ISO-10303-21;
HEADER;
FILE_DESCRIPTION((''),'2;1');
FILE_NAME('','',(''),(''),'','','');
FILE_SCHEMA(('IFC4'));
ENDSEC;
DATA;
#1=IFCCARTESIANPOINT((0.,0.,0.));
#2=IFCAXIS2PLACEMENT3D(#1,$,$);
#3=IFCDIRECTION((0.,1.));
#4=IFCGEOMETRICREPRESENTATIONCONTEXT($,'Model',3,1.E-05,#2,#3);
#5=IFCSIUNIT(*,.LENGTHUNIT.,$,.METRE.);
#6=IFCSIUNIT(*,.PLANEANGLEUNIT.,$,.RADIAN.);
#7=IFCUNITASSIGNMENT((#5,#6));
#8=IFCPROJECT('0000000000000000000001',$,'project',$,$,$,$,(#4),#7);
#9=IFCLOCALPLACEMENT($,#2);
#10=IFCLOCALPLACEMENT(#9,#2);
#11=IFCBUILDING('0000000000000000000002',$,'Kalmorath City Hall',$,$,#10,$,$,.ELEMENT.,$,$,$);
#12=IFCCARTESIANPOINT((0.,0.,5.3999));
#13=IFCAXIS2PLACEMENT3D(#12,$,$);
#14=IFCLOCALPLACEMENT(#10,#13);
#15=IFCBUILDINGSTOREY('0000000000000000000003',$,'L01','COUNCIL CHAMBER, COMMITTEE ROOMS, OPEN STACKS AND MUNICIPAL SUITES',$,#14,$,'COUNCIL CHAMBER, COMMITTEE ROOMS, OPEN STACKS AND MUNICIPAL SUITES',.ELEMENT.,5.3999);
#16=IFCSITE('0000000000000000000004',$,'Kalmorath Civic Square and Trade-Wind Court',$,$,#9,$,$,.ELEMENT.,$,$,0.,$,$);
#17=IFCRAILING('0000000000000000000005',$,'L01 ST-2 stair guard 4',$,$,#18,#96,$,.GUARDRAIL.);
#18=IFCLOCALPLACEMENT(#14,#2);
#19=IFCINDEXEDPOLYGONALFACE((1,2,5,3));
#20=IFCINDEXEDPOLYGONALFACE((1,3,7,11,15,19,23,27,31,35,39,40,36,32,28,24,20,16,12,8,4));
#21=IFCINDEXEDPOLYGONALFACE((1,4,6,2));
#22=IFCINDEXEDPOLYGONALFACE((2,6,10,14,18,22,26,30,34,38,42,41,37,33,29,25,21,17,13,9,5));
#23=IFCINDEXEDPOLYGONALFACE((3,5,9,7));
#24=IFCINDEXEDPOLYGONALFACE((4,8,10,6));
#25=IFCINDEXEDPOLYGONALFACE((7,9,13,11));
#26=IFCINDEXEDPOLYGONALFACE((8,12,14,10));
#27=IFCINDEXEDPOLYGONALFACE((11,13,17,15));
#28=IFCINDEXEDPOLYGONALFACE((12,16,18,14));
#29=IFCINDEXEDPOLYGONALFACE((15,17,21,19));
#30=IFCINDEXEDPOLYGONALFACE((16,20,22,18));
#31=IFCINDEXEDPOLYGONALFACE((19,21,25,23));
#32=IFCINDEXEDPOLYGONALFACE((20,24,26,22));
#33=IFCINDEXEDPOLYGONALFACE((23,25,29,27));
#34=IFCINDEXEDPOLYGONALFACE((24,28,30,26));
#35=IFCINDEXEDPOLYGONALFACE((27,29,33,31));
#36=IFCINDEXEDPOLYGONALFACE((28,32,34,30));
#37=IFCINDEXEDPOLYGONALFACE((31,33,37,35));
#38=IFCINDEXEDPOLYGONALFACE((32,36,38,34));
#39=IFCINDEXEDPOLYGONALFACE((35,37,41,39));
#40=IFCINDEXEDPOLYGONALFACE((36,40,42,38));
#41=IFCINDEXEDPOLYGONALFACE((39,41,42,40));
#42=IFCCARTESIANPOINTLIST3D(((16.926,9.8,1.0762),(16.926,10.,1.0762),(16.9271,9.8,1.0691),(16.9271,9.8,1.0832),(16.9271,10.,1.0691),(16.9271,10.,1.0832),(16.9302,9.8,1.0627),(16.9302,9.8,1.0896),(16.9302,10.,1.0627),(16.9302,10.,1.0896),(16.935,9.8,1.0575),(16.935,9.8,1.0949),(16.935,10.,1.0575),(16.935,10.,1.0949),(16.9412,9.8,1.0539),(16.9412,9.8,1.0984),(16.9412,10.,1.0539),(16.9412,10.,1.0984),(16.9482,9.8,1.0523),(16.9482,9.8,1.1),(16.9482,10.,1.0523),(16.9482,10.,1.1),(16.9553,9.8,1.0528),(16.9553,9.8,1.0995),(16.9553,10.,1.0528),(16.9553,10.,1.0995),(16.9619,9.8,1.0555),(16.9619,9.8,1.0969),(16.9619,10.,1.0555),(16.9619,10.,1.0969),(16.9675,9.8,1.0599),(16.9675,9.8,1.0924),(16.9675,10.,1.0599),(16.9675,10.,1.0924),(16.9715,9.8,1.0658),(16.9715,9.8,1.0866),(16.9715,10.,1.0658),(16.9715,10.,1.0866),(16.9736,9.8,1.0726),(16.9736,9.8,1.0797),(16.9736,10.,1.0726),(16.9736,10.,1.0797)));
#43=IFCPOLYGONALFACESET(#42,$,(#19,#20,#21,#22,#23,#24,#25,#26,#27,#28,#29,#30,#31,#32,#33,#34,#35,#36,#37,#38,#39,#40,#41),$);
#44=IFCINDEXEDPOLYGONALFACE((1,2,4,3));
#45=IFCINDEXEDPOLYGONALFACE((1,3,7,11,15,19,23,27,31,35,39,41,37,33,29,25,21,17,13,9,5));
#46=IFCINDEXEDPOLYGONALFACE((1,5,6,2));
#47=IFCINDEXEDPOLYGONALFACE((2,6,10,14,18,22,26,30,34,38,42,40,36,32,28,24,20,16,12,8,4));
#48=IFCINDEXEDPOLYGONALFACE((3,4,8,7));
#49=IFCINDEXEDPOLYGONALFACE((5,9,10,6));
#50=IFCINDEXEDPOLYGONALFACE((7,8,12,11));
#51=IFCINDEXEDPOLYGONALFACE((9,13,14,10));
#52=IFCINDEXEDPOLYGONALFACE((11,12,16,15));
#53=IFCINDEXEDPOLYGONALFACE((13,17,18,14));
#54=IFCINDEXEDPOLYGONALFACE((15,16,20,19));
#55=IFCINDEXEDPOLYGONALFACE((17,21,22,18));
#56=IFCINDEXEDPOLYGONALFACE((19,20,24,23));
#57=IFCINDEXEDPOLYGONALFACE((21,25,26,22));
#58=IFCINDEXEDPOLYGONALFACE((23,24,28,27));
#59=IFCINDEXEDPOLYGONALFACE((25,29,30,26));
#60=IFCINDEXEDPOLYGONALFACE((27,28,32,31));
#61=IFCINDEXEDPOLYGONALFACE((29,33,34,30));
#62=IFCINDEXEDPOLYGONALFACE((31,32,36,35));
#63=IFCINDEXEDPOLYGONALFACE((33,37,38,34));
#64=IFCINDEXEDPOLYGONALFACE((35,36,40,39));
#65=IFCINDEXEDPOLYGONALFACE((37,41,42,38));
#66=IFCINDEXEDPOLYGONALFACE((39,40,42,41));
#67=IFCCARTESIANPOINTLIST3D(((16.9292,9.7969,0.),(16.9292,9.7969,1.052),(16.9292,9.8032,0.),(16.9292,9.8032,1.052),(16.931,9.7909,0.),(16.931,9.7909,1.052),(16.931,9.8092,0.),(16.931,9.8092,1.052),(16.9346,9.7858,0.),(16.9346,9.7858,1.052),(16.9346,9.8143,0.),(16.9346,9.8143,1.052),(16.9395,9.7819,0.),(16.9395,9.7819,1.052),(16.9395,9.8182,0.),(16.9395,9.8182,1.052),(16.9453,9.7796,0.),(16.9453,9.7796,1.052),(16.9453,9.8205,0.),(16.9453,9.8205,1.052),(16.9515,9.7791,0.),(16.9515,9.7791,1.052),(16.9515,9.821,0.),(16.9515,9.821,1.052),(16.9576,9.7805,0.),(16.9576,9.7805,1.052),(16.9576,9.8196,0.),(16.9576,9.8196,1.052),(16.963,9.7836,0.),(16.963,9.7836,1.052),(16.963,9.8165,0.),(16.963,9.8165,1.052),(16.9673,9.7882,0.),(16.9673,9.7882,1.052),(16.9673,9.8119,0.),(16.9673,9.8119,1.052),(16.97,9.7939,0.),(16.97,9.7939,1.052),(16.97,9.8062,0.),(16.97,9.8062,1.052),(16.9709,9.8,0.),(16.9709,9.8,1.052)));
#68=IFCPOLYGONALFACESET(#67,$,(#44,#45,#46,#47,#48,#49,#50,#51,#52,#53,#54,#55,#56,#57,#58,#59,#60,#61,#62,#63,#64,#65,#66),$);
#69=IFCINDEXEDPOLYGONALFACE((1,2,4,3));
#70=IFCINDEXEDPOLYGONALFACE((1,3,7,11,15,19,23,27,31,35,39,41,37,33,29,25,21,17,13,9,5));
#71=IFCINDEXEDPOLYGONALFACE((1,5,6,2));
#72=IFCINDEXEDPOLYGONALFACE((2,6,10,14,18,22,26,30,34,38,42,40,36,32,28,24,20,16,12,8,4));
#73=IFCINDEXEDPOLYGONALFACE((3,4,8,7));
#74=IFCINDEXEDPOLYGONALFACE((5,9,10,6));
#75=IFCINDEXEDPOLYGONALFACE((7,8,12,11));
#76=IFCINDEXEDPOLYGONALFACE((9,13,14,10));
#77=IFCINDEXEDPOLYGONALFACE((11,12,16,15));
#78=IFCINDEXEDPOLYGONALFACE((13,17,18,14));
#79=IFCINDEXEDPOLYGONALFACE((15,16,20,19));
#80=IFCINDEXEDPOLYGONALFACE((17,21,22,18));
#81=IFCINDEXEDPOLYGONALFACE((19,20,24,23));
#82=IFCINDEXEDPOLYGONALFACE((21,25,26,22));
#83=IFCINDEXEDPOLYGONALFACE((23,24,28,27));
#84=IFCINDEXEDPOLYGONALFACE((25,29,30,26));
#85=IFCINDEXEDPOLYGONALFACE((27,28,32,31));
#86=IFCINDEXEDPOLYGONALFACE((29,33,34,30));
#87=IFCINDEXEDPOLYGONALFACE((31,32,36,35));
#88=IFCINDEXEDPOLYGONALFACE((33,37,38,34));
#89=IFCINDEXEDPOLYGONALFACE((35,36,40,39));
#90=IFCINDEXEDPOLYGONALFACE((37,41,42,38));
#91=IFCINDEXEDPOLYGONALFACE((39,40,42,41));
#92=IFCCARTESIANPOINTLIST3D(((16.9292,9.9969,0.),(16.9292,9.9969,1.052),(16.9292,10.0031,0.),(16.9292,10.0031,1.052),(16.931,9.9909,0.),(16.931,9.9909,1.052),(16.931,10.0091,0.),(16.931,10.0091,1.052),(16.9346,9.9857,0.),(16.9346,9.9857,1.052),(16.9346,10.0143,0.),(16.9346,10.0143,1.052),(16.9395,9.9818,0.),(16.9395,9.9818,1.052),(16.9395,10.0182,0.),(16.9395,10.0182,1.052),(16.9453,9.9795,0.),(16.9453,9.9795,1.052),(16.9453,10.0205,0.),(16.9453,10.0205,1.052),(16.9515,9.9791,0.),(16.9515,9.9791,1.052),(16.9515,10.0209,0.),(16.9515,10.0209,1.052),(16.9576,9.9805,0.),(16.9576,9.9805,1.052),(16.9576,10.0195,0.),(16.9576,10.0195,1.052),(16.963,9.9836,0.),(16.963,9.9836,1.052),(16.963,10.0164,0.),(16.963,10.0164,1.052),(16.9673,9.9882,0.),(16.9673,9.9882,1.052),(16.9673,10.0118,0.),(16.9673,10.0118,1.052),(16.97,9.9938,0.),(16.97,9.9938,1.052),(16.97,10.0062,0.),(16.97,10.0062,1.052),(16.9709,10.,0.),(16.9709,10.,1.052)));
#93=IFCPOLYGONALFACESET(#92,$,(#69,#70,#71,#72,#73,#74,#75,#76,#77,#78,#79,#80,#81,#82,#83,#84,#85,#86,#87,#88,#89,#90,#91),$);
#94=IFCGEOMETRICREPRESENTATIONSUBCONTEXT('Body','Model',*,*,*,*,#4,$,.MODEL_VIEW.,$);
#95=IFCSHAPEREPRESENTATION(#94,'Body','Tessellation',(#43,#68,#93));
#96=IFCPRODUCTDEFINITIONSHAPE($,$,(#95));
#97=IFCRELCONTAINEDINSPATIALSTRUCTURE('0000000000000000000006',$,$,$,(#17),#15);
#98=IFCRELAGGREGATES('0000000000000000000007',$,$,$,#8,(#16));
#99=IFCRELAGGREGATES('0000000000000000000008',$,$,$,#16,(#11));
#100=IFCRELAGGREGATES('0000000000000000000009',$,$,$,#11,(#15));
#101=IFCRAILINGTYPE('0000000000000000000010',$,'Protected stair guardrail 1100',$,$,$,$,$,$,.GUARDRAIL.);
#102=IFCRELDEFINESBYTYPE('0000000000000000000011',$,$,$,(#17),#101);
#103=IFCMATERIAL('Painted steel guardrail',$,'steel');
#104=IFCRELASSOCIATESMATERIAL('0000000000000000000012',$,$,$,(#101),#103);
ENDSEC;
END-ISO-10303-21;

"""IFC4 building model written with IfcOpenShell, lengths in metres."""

from ifc_helpers import new_model, si_unit, direction, frame, origin, origin_2d, place, context, subcontext, project, spatial, circle, extrude, material, type_object, element, save


model = new_model("IFC4")

# Units and contexts
model_context = context("Model", 3, precision=1e-05, world=origin(), true_north=direction((0.0, 1.0)))
body_context = subcontext(model_context, "Body", "Model", "MODEL_VIEW")
ifc_project = project(units=[si_unit("LENGTHUNIT", "METRE"), si_unit("PLANEANGLEUNIT", "RADIAN")], contexts=[model_context])

# Site, building, storey
site_placement = place(None, origin())
site = spatial("IfcSite", under=ifc_project, at=site_placement, Name="Kalmorath Civic Square and Trade-Wind Court", CompositionType="ELEMENT", RefElevation=0.0)
building_placement = place(site_placement, origin())
building = spatial("IfcBuilding", under=site, at=building_placement, Name="Kalmorath City Hall", CompositionType="ELEMENT")
storey_placement = place(building_placement, frame((0.0, 0.0, 5.3999)))
storey = spatial("IfcBuildingStorey", under=building, at=storey_placement, Name="L01", Description="COUNCIL CHAMBER, COMMITTEE ROOMS, OPEN STACKS AND MUNICIPAL SUITES", LongName="COUNCIL CHAMBER, COMMITTEE ROOMS, OPEN STACKS AND MUNICIPAL SUITES", CompositionType="ELEMENT", Elevation=5.3999)

# Railing
ifc_material_1 = material(Name="Painted steel guardrail", Category="steel")
railing_type_1 = type_object("IfcRailingType", Name="Protected stair guardrail 1100", PredefinedType="GUARDRAIL", material=ifc_material_1)
railing_1_placement = place(storey_placement, frame((16.95, 9.8, 0.0)))
element("IfcRailing", 1, at=railing_1_placement, inside=storey, type_object=railing_type_1, Name="L01 ST-2 stair guard 4", PredefinedType="GUARDRAIL", context=body_context, shape_type="SweptSolid", body=[
    extrude(circle(Radius=0.0239, at=origin_2d()), frame((0.0, 0.0, 1.0762), z_axis=(0.0, 1.0, 0.0), x_axis=(-1.0, 0.0, 0.0)), (0.0, 0.0, 1.0), 0.2),
    extrude(circle(Radius=0.021, at=origin_2d()), origin(), (0.0, 0.0, 1.0), 1.052),
    extrude(circle(Radius=0.021, at=origin_2d()), frame((0.0, 0.2, 0.0)), (0.0, 0.0, 1.0), 1.052),
])

save(model, "model.ifc")
